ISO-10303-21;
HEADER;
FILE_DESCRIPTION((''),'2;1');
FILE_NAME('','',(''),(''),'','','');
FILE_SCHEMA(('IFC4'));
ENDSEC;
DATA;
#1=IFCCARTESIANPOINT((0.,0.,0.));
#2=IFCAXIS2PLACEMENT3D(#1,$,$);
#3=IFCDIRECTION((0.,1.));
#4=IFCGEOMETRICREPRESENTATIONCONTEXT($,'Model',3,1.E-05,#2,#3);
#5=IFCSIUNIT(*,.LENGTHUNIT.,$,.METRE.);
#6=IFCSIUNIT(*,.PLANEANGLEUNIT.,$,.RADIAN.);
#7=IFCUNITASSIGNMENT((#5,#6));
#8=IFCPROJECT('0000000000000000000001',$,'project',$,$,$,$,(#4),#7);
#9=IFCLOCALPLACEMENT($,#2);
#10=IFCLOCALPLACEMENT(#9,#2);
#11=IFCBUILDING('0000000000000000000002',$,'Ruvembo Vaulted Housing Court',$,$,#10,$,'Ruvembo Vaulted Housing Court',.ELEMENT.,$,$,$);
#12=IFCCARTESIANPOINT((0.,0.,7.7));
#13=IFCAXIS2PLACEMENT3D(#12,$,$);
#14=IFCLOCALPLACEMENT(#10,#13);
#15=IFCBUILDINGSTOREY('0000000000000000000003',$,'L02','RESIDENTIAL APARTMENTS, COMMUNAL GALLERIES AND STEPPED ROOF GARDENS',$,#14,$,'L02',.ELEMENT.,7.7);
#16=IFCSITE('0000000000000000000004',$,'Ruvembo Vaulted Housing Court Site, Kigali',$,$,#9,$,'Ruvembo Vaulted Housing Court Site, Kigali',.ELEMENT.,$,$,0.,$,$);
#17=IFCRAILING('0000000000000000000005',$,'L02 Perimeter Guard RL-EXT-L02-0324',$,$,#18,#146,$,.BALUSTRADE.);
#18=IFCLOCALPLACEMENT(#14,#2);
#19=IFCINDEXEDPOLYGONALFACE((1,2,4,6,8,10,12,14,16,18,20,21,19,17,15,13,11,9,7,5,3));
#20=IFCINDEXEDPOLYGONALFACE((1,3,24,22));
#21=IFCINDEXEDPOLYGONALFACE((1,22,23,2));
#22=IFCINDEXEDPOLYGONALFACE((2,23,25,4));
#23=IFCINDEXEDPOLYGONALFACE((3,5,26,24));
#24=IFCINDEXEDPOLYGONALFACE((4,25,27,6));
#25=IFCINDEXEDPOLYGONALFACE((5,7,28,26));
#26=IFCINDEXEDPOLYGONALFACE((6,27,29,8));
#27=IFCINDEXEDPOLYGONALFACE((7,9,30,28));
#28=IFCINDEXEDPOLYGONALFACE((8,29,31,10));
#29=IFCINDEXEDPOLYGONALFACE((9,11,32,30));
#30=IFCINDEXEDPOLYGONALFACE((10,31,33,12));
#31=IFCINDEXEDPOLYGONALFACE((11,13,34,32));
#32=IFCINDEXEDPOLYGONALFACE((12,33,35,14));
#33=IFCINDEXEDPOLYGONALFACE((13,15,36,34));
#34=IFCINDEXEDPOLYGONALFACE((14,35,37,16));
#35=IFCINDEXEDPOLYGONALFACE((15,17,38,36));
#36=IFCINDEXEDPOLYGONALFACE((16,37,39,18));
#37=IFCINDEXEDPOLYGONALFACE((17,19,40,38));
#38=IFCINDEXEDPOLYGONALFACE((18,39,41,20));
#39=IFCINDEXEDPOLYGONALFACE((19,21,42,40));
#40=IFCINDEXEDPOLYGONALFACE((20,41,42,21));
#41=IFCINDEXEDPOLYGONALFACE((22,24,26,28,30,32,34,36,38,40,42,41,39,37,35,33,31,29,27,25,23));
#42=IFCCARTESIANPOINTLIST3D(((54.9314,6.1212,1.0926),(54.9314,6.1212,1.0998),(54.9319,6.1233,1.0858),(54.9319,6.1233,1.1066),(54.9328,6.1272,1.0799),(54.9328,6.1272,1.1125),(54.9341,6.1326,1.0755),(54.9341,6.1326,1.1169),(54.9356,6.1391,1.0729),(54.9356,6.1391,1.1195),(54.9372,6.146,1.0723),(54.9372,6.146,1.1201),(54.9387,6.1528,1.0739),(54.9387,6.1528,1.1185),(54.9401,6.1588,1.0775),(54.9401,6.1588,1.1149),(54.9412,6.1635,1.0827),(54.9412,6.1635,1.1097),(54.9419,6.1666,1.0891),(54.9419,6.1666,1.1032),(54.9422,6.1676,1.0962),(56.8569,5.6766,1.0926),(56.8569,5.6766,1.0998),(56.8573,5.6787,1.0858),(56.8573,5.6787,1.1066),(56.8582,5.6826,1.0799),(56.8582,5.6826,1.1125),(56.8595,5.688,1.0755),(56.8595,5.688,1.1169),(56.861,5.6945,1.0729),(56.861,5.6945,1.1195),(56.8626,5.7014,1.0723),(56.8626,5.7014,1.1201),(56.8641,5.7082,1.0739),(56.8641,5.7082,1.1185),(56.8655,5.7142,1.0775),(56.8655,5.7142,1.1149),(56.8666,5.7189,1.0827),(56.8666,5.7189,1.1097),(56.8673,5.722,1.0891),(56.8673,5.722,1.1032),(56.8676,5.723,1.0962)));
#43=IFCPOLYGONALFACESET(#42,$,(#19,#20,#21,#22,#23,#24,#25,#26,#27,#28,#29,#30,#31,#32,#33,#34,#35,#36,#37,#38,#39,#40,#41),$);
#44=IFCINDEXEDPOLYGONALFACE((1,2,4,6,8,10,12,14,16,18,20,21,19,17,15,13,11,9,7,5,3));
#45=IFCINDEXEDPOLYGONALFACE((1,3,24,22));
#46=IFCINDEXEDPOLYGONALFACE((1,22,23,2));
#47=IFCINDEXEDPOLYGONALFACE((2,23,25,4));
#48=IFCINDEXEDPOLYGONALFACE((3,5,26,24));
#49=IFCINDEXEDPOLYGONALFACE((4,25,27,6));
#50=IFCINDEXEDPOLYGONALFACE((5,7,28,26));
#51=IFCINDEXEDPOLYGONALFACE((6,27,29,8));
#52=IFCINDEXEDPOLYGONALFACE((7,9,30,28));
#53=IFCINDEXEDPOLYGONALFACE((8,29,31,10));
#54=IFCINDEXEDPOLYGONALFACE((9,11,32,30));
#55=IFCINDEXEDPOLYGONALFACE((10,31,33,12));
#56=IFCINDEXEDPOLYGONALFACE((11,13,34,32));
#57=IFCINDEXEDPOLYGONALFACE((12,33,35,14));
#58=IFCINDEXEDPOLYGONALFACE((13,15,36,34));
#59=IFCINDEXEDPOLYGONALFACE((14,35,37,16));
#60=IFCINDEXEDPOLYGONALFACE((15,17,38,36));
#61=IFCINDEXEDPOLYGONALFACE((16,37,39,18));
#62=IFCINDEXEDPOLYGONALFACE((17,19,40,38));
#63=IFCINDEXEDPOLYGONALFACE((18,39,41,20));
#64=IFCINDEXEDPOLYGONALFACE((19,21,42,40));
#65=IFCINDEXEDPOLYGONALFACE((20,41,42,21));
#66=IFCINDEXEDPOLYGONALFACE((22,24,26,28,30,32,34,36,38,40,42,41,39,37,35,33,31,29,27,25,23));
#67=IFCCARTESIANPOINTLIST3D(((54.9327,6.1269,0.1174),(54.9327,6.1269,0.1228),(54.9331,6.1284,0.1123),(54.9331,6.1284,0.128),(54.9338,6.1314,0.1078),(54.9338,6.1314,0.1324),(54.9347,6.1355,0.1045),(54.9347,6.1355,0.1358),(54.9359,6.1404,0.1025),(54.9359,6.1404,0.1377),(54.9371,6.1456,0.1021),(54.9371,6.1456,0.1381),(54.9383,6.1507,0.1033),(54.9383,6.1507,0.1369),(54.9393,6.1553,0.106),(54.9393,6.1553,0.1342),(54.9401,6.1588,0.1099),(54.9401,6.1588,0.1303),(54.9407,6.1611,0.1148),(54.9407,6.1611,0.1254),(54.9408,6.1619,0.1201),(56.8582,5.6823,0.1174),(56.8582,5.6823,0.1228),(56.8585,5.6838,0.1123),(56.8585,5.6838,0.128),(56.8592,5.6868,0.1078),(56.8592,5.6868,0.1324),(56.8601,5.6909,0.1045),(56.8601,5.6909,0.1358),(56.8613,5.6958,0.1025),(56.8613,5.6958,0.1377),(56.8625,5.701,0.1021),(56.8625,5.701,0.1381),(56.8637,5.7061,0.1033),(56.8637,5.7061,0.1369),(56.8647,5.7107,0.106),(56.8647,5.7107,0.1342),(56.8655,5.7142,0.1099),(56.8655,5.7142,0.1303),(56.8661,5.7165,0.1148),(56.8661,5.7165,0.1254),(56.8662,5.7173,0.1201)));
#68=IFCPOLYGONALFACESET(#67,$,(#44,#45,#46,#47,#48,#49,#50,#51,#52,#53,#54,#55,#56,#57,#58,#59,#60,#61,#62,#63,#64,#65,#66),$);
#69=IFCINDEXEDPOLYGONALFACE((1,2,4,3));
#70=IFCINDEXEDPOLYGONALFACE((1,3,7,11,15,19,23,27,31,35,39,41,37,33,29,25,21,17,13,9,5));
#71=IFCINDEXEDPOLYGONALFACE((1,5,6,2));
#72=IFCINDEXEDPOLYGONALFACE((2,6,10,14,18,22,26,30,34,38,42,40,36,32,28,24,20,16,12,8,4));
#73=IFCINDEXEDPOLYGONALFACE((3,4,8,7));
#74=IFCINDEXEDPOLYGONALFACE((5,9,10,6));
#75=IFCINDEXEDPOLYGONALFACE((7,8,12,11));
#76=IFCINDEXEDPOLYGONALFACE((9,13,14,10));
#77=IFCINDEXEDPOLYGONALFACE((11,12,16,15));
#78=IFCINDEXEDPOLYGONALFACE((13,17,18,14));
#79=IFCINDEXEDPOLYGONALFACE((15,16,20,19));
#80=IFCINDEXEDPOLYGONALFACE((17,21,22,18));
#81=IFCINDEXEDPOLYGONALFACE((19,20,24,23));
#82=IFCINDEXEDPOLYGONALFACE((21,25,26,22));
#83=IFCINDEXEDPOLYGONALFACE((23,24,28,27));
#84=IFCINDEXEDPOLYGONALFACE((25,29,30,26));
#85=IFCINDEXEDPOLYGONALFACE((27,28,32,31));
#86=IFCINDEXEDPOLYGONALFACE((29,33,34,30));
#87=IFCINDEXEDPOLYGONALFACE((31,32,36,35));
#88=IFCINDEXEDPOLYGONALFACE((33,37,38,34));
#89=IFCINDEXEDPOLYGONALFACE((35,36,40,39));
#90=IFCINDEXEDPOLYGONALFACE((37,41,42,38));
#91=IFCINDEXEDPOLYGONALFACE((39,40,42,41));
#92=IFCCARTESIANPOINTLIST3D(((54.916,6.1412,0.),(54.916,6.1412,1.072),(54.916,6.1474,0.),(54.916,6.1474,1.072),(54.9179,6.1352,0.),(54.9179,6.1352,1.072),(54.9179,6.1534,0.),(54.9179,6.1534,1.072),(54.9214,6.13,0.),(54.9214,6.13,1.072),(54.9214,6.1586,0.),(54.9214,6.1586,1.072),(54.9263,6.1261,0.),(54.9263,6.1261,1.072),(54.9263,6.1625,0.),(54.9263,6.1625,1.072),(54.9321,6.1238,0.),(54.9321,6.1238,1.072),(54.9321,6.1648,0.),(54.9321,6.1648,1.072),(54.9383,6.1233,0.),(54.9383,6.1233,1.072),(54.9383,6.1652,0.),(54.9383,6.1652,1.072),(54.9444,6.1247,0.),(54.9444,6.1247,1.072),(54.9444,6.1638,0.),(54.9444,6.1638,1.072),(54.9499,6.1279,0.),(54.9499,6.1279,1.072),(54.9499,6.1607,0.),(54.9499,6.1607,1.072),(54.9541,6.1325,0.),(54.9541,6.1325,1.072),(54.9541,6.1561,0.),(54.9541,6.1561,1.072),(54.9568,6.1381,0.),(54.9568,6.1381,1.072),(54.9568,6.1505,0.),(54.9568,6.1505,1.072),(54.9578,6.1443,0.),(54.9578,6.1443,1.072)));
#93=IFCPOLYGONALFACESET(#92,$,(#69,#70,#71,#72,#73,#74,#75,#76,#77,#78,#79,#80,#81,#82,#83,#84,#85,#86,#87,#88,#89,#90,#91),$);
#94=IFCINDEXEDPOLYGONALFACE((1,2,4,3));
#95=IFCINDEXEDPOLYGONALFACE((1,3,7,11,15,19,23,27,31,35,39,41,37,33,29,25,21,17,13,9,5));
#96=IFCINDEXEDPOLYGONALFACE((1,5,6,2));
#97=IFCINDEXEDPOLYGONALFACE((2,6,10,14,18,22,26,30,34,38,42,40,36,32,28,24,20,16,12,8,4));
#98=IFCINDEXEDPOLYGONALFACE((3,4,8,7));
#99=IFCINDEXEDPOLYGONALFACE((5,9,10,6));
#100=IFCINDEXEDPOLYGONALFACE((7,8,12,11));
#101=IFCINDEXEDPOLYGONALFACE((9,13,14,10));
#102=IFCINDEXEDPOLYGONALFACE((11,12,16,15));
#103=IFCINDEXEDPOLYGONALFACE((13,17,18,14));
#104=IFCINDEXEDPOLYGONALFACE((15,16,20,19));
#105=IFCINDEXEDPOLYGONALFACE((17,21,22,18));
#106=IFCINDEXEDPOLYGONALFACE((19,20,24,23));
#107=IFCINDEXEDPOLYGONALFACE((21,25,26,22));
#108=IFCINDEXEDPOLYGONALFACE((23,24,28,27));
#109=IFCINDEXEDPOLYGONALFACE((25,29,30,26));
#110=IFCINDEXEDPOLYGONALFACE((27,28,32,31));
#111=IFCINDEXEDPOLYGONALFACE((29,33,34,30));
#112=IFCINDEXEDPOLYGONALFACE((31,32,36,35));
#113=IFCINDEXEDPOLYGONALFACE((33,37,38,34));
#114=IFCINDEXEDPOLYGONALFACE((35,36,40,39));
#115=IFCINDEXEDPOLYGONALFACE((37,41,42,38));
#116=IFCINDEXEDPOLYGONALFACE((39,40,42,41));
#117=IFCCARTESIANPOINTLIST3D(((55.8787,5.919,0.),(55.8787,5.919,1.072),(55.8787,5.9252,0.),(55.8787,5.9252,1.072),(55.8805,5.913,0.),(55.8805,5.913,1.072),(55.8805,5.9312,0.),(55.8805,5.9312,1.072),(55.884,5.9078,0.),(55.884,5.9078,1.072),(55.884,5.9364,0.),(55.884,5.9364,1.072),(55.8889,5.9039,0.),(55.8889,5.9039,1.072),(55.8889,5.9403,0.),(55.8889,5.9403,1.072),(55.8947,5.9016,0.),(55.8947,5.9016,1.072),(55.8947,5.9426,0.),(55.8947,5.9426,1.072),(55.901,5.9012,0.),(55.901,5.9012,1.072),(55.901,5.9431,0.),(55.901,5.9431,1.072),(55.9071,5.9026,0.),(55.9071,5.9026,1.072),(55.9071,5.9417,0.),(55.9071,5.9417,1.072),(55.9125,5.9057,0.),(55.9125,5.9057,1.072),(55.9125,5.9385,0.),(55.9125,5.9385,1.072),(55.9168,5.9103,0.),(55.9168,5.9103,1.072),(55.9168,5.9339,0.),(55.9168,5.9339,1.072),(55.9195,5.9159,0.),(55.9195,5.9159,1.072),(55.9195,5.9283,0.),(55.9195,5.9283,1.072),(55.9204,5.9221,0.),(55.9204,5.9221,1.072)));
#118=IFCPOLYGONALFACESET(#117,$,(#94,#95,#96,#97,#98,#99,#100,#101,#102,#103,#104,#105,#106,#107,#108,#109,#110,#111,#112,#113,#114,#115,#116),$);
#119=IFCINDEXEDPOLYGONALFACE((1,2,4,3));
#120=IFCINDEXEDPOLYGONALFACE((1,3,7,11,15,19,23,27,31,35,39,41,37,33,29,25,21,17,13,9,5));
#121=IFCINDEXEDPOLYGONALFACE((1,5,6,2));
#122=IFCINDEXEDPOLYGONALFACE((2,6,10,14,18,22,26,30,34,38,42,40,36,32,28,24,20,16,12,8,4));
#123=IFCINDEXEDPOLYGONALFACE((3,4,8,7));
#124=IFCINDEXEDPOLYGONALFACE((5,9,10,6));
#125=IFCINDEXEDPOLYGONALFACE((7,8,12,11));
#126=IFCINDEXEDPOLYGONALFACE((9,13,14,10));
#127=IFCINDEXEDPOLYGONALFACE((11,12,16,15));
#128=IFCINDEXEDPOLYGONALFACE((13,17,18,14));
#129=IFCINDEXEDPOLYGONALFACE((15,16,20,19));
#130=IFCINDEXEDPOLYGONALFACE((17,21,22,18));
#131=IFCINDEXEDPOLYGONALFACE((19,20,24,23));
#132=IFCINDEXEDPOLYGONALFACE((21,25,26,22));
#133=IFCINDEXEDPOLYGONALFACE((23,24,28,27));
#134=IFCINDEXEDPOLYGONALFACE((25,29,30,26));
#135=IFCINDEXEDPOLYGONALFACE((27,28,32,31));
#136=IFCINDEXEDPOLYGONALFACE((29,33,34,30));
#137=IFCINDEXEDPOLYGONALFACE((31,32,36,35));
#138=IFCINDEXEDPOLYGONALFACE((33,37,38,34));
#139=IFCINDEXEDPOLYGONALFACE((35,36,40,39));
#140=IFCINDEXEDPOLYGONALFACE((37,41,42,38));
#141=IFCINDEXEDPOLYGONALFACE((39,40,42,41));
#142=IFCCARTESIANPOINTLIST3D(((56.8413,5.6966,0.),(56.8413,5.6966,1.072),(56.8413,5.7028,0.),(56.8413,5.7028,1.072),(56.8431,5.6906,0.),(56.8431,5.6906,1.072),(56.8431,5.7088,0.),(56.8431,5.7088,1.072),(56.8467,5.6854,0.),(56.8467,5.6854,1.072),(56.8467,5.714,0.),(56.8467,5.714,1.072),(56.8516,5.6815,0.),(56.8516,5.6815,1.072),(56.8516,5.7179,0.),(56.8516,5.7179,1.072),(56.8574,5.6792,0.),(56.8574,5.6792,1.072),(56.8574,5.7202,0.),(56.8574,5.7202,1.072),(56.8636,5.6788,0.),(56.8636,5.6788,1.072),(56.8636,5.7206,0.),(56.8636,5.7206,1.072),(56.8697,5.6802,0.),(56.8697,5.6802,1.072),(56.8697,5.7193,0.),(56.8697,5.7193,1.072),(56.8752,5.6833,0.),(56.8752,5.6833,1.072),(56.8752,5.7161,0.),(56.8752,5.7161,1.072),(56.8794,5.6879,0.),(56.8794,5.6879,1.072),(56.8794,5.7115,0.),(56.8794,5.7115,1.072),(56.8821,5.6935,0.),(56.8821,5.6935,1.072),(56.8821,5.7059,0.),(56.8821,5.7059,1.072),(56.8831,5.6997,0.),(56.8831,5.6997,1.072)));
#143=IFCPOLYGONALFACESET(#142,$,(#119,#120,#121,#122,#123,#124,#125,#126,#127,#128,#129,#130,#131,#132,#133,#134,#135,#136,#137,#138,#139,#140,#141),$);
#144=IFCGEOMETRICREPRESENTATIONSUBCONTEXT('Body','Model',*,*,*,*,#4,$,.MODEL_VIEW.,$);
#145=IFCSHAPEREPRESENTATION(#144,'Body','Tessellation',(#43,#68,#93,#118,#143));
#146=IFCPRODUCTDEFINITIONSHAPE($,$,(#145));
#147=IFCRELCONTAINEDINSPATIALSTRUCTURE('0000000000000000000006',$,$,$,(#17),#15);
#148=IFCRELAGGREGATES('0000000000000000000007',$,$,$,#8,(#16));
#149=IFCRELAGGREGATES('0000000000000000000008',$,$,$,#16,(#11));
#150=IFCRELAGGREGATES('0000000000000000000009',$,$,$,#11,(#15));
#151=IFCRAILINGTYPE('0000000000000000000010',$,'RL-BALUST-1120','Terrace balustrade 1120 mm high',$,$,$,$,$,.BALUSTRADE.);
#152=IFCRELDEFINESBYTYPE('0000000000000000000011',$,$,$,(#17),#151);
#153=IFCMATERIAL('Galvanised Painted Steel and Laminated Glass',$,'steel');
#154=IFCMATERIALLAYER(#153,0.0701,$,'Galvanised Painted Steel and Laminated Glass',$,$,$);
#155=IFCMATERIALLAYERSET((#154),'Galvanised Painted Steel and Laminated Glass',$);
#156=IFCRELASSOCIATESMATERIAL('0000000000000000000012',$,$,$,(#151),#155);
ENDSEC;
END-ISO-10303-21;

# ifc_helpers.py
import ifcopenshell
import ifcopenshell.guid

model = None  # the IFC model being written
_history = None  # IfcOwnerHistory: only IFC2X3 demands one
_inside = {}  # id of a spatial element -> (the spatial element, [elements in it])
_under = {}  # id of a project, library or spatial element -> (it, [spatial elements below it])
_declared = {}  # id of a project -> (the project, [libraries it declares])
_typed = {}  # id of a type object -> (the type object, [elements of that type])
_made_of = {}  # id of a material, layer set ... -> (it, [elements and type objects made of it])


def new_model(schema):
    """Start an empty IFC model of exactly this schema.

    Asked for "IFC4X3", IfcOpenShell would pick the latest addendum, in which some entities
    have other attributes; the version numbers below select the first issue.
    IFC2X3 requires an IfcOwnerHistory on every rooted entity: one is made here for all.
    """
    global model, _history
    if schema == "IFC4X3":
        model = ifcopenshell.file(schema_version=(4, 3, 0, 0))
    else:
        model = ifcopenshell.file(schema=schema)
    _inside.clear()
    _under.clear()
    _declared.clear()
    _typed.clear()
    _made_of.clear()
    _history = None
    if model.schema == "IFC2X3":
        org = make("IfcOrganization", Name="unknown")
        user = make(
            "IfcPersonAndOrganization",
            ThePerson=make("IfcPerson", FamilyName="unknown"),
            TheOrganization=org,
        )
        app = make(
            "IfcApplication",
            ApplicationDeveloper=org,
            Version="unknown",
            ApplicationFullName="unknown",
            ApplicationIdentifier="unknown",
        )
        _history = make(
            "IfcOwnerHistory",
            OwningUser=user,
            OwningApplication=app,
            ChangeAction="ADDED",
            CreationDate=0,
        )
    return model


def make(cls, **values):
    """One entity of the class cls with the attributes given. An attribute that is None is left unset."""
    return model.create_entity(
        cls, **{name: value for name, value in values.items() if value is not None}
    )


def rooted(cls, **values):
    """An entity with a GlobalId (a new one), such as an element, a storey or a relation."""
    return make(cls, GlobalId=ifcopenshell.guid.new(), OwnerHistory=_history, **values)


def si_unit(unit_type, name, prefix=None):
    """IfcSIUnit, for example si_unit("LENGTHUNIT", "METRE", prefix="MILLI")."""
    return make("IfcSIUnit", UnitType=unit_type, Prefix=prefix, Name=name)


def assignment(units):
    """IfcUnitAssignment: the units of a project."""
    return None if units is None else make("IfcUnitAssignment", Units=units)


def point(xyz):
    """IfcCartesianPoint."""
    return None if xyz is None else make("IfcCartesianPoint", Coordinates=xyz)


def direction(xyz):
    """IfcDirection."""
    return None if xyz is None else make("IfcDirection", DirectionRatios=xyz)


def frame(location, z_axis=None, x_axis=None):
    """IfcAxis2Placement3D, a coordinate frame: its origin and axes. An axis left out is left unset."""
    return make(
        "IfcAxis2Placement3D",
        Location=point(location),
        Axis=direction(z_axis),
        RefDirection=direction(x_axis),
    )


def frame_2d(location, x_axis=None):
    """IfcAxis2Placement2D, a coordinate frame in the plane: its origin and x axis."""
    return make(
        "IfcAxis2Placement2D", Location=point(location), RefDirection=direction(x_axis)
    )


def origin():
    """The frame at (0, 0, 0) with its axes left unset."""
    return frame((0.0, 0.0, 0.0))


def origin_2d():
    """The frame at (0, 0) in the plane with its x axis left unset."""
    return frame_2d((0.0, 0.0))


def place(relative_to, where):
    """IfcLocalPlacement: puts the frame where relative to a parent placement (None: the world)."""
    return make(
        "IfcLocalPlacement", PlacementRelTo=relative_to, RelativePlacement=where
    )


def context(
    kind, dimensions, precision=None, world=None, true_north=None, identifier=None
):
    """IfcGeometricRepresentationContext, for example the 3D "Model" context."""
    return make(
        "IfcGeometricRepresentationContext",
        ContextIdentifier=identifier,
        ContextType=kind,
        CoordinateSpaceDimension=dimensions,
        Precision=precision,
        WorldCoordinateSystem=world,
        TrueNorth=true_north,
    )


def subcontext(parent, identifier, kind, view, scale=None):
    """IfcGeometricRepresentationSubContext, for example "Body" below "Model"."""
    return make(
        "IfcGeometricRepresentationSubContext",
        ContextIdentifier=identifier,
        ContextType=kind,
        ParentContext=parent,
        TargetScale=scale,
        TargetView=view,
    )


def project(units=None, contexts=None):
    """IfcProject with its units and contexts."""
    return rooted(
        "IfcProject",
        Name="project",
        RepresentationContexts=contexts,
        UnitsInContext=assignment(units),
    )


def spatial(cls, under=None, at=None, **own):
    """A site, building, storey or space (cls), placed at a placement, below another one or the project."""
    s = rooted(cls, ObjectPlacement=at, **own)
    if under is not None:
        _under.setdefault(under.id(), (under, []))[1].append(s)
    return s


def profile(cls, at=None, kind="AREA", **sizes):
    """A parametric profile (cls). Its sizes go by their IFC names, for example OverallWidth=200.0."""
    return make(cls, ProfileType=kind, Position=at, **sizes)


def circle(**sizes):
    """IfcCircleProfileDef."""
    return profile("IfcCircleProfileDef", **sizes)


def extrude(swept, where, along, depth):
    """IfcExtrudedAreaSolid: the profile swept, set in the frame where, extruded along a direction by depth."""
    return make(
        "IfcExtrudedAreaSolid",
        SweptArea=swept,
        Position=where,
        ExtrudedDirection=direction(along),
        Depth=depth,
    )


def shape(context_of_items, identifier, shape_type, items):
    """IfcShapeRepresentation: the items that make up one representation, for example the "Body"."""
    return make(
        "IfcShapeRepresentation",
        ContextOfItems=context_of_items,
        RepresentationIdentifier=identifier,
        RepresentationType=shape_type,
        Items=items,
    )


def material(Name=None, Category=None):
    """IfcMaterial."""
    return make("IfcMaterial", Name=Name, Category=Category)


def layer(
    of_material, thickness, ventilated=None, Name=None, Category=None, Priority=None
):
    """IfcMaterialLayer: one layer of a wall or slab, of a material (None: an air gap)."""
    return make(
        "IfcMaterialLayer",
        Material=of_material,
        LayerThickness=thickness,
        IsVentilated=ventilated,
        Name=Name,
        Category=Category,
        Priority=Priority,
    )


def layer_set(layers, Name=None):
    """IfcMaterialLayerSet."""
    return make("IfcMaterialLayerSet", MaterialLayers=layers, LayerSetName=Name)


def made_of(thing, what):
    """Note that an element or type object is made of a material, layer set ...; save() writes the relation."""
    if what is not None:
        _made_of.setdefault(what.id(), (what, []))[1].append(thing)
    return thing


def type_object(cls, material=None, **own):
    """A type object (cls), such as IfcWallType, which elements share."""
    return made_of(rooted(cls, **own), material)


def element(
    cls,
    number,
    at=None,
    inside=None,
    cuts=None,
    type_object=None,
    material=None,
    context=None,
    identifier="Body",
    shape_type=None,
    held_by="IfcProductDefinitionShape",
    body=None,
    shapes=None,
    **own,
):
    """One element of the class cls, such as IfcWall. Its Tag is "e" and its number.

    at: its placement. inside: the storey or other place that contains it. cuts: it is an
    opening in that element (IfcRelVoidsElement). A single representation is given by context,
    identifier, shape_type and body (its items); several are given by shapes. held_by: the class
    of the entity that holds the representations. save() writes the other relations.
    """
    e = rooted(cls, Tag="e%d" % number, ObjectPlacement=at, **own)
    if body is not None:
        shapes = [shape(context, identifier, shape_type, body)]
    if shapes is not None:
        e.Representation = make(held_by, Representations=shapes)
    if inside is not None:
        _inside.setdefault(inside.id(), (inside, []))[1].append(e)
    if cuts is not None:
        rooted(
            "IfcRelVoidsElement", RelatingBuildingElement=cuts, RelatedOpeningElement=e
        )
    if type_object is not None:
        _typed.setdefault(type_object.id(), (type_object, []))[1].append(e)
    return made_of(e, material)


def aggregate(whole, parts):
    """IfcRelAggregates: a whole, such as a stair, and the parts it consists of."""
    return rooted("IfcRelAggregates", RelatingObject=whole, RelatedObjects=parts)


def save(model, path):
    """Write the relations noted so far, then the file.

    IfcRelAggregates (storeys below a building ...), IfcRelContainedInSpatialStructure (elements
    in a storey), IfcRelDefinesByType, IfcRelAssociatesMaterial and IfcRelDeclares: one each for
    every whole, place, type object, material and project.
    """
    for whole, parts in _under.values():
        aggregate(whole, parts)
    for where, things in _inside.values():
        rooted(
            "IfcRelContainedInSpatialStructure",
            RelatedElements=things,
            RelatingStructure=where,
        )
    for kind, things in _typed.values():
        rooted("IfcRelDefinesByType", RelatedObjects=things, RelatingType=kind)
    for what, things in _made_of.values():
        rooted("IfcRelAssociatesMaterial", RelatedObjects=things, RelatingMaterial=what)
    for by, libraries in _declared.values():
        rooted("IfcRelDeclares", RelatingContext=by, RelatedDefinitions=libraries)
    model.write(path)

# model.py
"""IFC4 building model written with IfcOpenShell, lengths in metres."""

from ifc_helpers import new_model, si_unit, direction, frame, origin, origin_2d, place, context, subcontext, project, spatial, circle, extrude, material, layer, layer_set, type_object, element, save


model = new_model("IFC4")

# Units and contexts
model_context = context("Model", 3, precision=1e-05, world=origin(), true_north=direction((0.0, 1.0)))
body_context = subcontext(model_context, "Body", "Model", "MODEL_VIEW")
ifc_project = project(units=[si_unit("LENGTHUNIT", "METRE"), si_unit("PLANEANGLEUNIT", "RADIAN")], contexts=[model_context])

# Site, building, storey
site_placement = place(None, origin())
site = spatial("IfcSite", under=ifc_project, at=site_placement, Name="Ruvembo Vaulted Housing Court Site, Kigali", LongName="Ruvembo Vaulted Housing Court Site, Kigali", CompositionType="ELEMENT", RefElevation=0.0)
building_placement = place(site_placement, origin())
building = spatial("IfcBuilding", under=site, at=building_placement, Name="Ruvembo Vaulted Housing Court", LongName="Ruvembo Vaulted Housing Court", CompositionType="ELEMENT")
storey_placement = place(building_placement, frame((0.0, 0.0, 7.7)))
storey = spatial("IfcBuildingStorey", under=building, at=storey_placement, Name="L02", Description="RESIDENTIAL APARTMENTS, COMMUNAL GALLERIES AND STEPPED ROOF GARDENS", LongName="L02", CompositionType="ELEMENT", Elevation=7.7)

# Railing
ifc_material_1 = material(Name="Galvanised Painted Steel and Laminated Glass", Category="steel")
ifc_layer_1 = layer(ifc_material_1, 0.0701, Name="Galvanised Painted Steel and Laminated Glass")
ifc_layer_set_1 = layer_set([ifc_layer_1], Name="Galvanised Painted Steel and Laminated Glass")
railing_type = type_object("IfcRailingType", Name="RL-BALUST-1120", Description="Terrace balustrade 1120 mm high", PredefinedType="BALUSTRADE", material=ifc_layer_set_1)
railing_1_placement = place(storey_placement, frame((54.9368, 6.1443, 0.0)))
element("IfcRailing", 1, at=railing_1_placement, inside=storey, type_object=railing_type, Name="L02 Perimeter Guard RL-EXT-L02-0324", PredefinedType="BALUSTRADE", context=body_context, shape_type="SweptSolid", body=[
    extrude(circle(Radius=0.0239, at=origin_2d()), frame((0.0, 0.0, 1.0962), z_axis=(0.97436, -0.224995, 0.0), x_axis=(0.224995, 0.97436, 0.0)), (0.0, 0.0, 1.0), 1.9761),
    extrude(circle(Radius=0.0181, at=origin_2d()), frame((0.0, 0.0, 0.1201), z_axis=(0.97436, -0.224995, 0.0), x_axis=(0.224995, 0.97436, 0.0)), (0.0, 0.0, 1.0), 1.9761),
    extrude(circle(Radius=0.021, at=origin_2d()), origin(), (0.0, 0.0, 1.0), 1.072),
    extrude(circle(Radius=0.021, at=origin_2d()), frame((0.9626, -0.2222, 0.0)), (0.0, 0.0, 1.0), 1.072),
    extrude(circle(Radius=0.021, at=origin_2d()), frame((1.9253, -0.4446, 0.0)), (0.0, 0.0, 1.0), 1.072),
])

save(model, "model.ifc")
